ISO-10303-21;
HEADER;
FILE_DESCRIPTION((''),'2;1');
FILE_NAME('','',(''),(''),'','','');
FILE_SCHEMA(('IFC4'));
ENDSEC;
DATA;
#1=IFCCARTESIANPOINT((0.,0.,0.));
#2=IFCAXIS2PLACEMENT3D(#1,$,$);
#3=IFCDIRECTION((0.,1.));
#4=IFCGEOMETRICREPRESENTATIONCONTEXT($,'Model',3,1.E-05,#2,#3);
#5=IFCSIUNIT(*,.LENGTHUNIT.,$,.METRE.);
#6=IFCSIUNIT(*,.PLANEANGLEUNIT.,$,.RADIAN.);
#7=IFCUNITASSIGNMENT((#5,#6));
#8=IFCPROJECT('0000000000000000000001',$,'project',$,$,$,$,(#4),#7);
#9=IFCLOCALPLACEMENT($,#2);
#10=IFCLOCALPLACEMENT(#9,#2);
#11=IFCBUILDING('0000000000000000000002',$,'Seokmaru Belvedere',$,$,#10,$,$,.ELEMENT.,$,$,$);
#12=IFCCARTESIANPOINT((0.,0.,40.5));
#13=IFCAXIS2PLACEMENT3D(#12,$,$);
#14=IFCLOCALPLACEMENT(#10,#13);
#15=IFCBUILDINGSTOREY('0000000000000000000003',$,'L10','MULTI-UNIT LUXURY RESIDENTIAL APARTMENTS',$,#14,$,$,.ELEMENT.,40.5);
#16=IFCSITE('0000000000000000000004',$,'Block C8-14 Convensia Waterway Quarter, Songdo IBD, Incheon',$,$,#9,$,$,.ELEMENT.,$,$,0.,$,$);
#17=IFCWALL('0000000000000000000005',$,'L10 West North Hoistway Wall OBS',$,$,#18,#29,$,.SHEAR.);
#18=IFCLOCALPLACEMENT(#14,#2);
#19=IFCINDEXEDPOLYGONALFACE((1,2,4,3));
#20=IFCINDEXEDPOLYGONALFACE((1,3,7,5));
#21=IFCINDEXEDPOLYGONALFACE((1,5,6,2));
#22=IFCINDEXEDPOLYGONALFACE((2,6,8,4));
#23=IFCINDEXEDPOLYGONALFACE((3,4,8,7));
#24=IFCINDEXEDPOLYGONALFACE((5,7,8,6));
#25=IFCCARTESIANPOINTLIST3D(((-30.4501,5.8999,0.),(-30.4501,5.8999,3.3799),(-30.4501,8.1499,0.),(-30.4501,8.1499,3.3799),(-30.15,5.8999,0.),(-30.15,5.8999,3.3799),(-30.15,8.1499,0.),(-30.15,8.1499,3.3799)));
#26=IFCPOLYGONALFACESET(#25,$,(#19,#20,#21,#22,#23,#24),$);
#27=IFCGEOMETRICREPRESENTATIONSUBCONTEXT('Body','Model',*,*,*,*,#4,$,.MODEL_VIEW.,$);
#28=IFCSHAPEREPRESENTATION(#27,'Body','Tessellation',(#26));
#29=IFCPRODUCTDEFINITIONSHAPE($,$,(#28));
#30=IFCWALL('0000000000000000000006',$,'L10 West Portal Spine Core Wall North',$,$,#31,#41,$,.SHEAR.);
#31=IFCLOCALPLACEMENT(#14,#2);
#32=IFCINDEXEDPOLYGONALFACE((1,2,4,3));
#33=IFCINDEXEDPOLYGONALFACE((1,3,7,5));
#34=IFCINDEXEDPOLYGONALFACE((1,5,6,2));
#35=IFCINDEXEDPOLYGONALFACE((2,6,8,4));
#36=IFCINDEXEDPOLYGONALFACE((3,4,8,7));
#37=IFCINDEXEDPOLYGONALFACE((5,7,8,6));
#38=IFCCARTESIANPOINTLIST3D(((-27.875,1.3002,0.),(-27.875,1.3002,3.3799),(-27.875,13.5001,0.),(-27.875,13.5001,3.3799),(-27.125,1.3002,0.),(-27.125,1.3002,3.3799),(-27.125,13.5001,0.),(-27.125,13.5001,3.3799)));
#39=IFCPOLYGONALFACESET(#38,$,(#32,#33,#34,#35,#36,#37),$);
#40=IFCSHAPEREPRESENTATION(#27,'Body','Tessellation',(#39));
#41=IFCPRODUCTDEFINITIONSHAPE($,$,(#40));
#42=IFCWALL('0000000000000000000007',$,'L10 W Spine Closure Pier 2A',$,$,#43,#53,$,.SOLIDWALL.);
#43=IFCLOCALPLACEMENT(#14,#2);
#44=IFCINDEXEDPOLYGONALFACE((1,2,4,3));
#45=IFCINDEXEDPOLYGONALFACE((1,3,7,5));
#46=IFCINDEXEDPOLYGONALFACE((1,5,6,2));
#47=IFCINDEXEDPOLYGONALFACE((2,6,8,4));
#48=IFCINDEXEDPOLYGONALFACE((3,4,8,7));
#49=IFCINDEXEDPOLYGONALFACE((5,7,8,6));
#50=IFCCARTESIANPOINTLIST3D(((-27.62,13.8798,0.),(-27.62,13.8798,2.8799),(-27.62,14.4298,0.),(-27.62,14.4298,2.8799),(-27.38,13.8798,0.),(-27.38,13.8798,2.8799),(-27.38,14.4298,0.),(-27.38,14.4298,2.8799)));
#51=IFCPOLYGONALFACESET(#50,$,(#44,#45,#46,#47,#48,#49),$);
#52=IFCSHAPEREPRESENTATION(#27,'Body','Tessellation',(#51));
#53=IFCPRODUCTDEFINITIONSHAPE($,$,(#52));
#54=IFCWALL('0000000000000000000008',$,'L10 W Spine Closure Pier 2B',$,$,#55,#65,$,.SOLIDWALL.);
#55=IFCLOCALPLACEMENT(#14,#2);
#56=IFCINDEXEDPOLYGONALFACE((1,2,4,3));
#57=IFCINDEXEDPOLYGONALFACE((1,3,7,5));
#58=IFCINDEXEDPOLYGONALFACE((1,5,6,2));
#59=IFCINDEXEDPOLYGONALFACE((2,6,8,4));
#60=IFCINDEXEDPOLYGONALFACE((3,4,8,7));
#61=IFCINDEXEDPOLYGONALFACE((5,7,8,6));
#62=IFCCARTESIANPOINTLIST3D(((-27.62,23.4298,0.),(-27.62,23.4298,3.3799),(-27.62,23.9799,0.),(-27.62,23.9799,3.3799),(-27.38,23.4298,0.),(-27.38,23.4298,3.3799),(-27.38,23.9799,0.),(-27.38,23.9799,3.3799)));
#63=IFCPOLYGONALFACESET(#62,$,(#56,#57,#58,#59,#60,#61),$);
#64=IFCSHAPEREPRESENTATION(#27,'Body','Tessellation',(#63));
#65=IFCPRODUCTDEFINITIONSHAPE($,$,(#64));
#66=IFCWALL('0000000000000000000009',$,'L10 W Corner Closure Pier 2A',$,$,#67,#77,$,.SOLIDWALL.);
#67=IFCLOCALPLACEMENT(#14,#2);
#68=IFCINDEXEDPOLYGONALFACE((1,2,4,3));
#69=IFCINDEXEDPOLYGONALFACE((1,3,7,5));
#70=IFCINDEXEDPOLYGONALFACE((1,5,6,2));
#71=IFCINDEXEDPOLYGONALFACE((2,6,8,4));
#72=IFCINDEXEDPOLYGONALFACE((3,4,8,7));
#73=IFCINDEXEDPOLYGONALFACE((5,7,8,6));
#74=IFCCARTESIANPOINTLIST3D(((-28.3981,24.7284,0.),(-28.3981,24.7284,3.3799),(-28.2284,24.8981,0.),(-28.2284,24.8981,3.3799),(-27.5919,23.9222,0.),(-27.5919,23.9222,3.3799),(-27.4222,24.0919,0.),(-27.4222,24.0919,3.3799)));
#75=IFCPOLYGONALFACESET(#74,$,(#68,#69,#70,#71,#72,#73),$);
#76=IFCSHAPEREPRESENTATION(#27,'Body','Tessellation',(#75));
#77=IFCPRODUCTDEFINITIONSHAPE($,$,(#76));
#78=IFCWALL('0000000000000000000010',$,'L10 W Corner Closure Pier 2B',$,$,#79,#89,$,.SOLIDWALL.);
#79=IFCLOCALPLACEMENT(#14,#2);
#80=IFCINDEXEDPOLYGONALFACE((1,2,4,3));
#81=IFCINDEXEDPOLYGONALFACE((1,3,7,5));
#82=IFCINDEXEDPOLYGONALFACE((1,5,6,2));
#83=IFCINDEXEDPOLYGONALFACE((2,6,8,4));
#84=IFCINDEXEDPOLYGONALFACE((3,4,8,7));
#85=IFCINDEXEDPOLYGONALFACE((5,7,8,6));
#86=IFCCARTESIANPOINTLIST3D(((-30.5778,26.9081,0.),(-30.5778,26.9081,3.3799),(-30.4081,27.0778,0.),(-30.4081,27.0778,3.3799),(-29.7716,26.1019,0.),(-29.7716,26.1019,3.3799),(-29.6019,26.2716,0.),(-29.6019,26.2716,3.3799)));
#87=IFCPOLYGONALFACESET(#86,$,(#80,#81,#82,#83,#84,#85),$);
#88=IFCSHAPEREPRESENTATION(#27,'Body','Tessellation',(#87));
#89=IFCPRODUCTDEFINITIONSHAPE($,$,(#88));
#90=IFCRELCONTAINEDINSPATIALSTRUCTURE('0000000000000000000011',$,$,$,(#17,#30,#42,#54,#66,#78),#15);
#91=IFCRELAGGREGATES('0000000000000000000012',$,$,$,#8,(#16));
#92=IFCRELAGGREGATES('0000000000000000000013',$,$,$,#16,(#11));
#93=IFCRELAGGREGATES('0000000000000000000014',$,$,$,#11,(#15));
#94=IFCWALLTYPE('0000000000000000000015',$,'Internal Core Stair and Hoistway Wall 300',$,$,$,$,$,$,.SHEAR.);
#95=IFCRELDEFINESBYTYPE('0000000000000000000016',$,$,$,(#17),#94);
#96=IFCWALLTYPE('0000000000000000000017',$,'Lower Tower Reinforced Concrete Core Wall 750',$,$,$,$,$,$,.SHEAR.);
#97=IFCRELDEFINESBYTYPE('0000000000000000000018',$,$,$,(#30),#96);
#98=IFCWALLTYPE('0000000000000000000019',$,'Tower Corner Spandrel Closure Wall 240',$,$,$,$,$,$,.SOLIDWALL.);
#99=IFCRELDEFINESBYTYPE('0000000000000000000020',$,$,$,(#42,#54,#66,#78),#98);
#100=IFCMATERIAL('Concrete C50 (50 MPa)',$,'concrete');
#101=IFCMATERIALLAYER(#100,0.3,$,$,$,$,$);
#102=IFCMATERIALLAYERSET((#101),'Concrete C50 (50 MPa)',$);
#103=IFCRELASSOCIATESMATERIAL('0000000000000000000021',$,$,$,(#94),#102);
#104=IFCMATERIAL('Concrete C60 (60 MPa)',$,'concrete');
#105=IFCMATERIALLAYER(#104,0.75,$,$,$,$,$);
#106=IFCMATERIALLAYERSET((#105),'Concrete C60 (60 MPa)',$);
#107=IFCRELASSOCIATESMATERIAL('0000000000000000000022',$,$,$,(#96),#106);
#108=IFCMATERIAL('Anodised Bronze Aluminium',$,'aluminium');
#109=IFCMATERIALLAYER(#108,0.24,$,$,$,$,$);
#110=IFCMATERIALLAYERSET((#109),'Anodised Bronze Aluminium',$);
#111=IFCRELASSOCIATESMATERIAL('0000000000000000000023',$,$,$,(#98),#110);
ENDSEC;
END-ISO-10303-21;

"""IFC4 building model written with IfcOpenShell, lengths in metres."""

from ifc_helpers import new_model, si_unit, direction, frame, frame_2d, origin, place, context, subcontext, project, spatial, rectangle, extrude, material, layer, layer_set, type_object, element, save


model = new_model("IFC4")

# Units and contexts
model_context = context("Model", 3, precision=1e-05, world=origin(), true_north=direction((0.0, 1.0)))
body_context = subcontext(model_context, "Body", "Model", "MODEL_VIEW")
ifc_project = project(units=[si_unit("LENGTHUNIT", "METRE"), si_unit("PLANEANGLEUNIT", "RADIAN")], contexts=[model_context])

# Site, building, storey
site_placement = place(None, origin())
site = spatial("IfcSite", under=ifc_project, at=site_placement, Name="Block C8-14 Convensia Waterway Quarter, Songdo IBD, Incheon", CompositionType="ELEMENT", RefElevation=0.0)
building_placement = place(site_placement, origin())
building = spatial("IfcBuilding", under=site, at=building_placement, Name="Seokmaru Belvedere", CompositionType="ELEMENT")
storey_placement = place(building_placement, frame((0.0, 0.0, 40.5)))
storey = spatial("IfcBuildingStorey", under=building, at=storey_placement, Name="L10", Description="MULTI-UNIT LUXURY RESIDENTIAL APARTMENTS", CompositionType="ELEMENT", Elevation=40.5)

# Shared definitions
ifc_material_1 = material(Name="Anodised Bronze Aluminium", Category="aluminium")

# Wall
ifc_material_2 = material(Name="Concrete C50 (50 MPa)", Category="concrete")
ifc_layer_1 = layer(ifc_material_2, 0.3)
ifc_layer_set_1 = layer_set([ifc_layer_1], Name="Concrete C50 (50 MPa)")
wall_type_1 = type_object("IfcWallType", Name="Internal Core Stair and Hoistway Wall 300", PredefinedType="SHEAR", material=ifc_layer_set_1)
wall_1_placement = place(storey_placement, frame((-30.3, 5.8999, 0.0), z_axis=(0.0, 0.0, 1.0), x_axis=(0.0, 1.0, 0.0)))
element("IfcWall", 1, at=wall_1_placement, inside=storey, type_object=wall_type_1, Name="L10 West North Hoistway Wall OBS", PredefinedType="SHEAR", context=body_context, shape_type="SweptSolid", body=[
    extrude(rectangle(XDim=2.25, YDim=0.3, at=frame_2d((1.125, 0.0))), origin(), (0.0, 0.0, 1.0), 3.3799),
])

# Walls
ifc_material_3 = material(Name="Concrete C60 (60 MPa)", Category="concrete")
ifc_layer_2 = layer(ifc_material_3, 0.75)
ifc_layer_set_2 = layer_set([ifc_layer_2], Name="Concrete C60 (60 MPa)")
wall_type_2 = type_object("IfcWallType", Name="Lower Tower Reinforced Concrete Core Wall 750", PredefinedType="SHEAR", material=ifc_layer_set_2)
wall_2_placement = place(storey_placement, frame((-27.5, 1.3, 0.0), z_axis=(0.0, 0.0, 1.0), x_axis=(0.0, 1.0, 0.0)))
element("IfcWall", 2, at=wall_2_placement, inside=storey, type_object=wall_type_2, Name="L10 West Portal Spine Core Wall North", PredefinedType="SHEAR", context=body_context, shape_type="SweptSolid", body=[
    extrude(rectangle(XDim=12.2, YDim=0.75, at=frame_2d((6.1001, 0.0))), origin(), (0.0, 0.0, 1.0), 3.3799),
])
ifc_layer_3 = layer(ifc_material_1, 0.24)
ifc_layer_set_3 = layer_set([ifc_layer_3], Name="Anodised Bronze Aluminium")
wall_type_3 = type_object("IfcWallType", Name="Tower Corner Spandrel Closure Wall 240", PredefinedType="SOLIDWALL", material=ifc_layer_set_3)
wall_3_placement = place(storey_placement, frame((-27.5, 13.8799, 0.0), z_axis=(0.0, 0.0, 1.0), x_axis=(0.0, 1.0, 0.0)))
element("IfcWall", 3, at=wall_3_placement, inside=storey, type_object=wall_type_3, Name="L10 W Spine Closure Pier 2A", PredefinedType="SOLIDWALL", context=body_context, shape_type="SweptSolid", body=[
    extrude(rectangle(XDim=0.55, YDim=0.24, at=frame_2d((0.2749, 0.0))), origin(), (0.0, 0.0, 1.0), 2.8799),
])
wall_4_placement = place(storey_placement, frame((-27.5, 23.4299, 0.0), z_axis=(0.0, 0.0, 1.0), x_axis=(0.0, 1.0, 0.0)))
element("IfcWall", 4, at=wall_4_placement, inside=storey, type_object=wall_type_3, Name="L10 W Spine Closure Pier 2B", PredefinedType="SOLIDWALL", context=body_context, shape_type="SweptSolid", body=[
    extrude(rectangle(XDim=0.55, YDim=0.24, at=frame_2d((0.2749, 0.0))), origin(), (0.0, 0.0, 1.0), 3.3799),
])
for number, where, z_axis, x_axis, name in (
    (5, (-27.5071, 24.0071, 0.0), (0.0, 0.0, 1.0), (-0.707107, 0.707107, 0.0), "L10 W Corner Closure Pier 2A"),
    (6, (-29.6868, 26.1868, 0.0), (0.0, 0.0, 1.0), (-0.707107, 0.707107, 0.0), "L10 W Corner Closure Pier 2B"),
):
    element("IfcWall", number, at=place(storey_placement, frame(where, z_axis=z_axis, x_axis=x_axis)), inside=storey, type_object=wall_type_3, Name=name, PredefinedType="SOLIDWALL", context=body_context, shape_type="SweptSolid", body=[
        extrude(rectangle(XDim=1.1401, YDim=0.24, at=frame_2d((0.5701, 0.0))), origin(), (0.0, 0.0, 1.0), 3.3799),
    ])

save(model, "model.ifc")
